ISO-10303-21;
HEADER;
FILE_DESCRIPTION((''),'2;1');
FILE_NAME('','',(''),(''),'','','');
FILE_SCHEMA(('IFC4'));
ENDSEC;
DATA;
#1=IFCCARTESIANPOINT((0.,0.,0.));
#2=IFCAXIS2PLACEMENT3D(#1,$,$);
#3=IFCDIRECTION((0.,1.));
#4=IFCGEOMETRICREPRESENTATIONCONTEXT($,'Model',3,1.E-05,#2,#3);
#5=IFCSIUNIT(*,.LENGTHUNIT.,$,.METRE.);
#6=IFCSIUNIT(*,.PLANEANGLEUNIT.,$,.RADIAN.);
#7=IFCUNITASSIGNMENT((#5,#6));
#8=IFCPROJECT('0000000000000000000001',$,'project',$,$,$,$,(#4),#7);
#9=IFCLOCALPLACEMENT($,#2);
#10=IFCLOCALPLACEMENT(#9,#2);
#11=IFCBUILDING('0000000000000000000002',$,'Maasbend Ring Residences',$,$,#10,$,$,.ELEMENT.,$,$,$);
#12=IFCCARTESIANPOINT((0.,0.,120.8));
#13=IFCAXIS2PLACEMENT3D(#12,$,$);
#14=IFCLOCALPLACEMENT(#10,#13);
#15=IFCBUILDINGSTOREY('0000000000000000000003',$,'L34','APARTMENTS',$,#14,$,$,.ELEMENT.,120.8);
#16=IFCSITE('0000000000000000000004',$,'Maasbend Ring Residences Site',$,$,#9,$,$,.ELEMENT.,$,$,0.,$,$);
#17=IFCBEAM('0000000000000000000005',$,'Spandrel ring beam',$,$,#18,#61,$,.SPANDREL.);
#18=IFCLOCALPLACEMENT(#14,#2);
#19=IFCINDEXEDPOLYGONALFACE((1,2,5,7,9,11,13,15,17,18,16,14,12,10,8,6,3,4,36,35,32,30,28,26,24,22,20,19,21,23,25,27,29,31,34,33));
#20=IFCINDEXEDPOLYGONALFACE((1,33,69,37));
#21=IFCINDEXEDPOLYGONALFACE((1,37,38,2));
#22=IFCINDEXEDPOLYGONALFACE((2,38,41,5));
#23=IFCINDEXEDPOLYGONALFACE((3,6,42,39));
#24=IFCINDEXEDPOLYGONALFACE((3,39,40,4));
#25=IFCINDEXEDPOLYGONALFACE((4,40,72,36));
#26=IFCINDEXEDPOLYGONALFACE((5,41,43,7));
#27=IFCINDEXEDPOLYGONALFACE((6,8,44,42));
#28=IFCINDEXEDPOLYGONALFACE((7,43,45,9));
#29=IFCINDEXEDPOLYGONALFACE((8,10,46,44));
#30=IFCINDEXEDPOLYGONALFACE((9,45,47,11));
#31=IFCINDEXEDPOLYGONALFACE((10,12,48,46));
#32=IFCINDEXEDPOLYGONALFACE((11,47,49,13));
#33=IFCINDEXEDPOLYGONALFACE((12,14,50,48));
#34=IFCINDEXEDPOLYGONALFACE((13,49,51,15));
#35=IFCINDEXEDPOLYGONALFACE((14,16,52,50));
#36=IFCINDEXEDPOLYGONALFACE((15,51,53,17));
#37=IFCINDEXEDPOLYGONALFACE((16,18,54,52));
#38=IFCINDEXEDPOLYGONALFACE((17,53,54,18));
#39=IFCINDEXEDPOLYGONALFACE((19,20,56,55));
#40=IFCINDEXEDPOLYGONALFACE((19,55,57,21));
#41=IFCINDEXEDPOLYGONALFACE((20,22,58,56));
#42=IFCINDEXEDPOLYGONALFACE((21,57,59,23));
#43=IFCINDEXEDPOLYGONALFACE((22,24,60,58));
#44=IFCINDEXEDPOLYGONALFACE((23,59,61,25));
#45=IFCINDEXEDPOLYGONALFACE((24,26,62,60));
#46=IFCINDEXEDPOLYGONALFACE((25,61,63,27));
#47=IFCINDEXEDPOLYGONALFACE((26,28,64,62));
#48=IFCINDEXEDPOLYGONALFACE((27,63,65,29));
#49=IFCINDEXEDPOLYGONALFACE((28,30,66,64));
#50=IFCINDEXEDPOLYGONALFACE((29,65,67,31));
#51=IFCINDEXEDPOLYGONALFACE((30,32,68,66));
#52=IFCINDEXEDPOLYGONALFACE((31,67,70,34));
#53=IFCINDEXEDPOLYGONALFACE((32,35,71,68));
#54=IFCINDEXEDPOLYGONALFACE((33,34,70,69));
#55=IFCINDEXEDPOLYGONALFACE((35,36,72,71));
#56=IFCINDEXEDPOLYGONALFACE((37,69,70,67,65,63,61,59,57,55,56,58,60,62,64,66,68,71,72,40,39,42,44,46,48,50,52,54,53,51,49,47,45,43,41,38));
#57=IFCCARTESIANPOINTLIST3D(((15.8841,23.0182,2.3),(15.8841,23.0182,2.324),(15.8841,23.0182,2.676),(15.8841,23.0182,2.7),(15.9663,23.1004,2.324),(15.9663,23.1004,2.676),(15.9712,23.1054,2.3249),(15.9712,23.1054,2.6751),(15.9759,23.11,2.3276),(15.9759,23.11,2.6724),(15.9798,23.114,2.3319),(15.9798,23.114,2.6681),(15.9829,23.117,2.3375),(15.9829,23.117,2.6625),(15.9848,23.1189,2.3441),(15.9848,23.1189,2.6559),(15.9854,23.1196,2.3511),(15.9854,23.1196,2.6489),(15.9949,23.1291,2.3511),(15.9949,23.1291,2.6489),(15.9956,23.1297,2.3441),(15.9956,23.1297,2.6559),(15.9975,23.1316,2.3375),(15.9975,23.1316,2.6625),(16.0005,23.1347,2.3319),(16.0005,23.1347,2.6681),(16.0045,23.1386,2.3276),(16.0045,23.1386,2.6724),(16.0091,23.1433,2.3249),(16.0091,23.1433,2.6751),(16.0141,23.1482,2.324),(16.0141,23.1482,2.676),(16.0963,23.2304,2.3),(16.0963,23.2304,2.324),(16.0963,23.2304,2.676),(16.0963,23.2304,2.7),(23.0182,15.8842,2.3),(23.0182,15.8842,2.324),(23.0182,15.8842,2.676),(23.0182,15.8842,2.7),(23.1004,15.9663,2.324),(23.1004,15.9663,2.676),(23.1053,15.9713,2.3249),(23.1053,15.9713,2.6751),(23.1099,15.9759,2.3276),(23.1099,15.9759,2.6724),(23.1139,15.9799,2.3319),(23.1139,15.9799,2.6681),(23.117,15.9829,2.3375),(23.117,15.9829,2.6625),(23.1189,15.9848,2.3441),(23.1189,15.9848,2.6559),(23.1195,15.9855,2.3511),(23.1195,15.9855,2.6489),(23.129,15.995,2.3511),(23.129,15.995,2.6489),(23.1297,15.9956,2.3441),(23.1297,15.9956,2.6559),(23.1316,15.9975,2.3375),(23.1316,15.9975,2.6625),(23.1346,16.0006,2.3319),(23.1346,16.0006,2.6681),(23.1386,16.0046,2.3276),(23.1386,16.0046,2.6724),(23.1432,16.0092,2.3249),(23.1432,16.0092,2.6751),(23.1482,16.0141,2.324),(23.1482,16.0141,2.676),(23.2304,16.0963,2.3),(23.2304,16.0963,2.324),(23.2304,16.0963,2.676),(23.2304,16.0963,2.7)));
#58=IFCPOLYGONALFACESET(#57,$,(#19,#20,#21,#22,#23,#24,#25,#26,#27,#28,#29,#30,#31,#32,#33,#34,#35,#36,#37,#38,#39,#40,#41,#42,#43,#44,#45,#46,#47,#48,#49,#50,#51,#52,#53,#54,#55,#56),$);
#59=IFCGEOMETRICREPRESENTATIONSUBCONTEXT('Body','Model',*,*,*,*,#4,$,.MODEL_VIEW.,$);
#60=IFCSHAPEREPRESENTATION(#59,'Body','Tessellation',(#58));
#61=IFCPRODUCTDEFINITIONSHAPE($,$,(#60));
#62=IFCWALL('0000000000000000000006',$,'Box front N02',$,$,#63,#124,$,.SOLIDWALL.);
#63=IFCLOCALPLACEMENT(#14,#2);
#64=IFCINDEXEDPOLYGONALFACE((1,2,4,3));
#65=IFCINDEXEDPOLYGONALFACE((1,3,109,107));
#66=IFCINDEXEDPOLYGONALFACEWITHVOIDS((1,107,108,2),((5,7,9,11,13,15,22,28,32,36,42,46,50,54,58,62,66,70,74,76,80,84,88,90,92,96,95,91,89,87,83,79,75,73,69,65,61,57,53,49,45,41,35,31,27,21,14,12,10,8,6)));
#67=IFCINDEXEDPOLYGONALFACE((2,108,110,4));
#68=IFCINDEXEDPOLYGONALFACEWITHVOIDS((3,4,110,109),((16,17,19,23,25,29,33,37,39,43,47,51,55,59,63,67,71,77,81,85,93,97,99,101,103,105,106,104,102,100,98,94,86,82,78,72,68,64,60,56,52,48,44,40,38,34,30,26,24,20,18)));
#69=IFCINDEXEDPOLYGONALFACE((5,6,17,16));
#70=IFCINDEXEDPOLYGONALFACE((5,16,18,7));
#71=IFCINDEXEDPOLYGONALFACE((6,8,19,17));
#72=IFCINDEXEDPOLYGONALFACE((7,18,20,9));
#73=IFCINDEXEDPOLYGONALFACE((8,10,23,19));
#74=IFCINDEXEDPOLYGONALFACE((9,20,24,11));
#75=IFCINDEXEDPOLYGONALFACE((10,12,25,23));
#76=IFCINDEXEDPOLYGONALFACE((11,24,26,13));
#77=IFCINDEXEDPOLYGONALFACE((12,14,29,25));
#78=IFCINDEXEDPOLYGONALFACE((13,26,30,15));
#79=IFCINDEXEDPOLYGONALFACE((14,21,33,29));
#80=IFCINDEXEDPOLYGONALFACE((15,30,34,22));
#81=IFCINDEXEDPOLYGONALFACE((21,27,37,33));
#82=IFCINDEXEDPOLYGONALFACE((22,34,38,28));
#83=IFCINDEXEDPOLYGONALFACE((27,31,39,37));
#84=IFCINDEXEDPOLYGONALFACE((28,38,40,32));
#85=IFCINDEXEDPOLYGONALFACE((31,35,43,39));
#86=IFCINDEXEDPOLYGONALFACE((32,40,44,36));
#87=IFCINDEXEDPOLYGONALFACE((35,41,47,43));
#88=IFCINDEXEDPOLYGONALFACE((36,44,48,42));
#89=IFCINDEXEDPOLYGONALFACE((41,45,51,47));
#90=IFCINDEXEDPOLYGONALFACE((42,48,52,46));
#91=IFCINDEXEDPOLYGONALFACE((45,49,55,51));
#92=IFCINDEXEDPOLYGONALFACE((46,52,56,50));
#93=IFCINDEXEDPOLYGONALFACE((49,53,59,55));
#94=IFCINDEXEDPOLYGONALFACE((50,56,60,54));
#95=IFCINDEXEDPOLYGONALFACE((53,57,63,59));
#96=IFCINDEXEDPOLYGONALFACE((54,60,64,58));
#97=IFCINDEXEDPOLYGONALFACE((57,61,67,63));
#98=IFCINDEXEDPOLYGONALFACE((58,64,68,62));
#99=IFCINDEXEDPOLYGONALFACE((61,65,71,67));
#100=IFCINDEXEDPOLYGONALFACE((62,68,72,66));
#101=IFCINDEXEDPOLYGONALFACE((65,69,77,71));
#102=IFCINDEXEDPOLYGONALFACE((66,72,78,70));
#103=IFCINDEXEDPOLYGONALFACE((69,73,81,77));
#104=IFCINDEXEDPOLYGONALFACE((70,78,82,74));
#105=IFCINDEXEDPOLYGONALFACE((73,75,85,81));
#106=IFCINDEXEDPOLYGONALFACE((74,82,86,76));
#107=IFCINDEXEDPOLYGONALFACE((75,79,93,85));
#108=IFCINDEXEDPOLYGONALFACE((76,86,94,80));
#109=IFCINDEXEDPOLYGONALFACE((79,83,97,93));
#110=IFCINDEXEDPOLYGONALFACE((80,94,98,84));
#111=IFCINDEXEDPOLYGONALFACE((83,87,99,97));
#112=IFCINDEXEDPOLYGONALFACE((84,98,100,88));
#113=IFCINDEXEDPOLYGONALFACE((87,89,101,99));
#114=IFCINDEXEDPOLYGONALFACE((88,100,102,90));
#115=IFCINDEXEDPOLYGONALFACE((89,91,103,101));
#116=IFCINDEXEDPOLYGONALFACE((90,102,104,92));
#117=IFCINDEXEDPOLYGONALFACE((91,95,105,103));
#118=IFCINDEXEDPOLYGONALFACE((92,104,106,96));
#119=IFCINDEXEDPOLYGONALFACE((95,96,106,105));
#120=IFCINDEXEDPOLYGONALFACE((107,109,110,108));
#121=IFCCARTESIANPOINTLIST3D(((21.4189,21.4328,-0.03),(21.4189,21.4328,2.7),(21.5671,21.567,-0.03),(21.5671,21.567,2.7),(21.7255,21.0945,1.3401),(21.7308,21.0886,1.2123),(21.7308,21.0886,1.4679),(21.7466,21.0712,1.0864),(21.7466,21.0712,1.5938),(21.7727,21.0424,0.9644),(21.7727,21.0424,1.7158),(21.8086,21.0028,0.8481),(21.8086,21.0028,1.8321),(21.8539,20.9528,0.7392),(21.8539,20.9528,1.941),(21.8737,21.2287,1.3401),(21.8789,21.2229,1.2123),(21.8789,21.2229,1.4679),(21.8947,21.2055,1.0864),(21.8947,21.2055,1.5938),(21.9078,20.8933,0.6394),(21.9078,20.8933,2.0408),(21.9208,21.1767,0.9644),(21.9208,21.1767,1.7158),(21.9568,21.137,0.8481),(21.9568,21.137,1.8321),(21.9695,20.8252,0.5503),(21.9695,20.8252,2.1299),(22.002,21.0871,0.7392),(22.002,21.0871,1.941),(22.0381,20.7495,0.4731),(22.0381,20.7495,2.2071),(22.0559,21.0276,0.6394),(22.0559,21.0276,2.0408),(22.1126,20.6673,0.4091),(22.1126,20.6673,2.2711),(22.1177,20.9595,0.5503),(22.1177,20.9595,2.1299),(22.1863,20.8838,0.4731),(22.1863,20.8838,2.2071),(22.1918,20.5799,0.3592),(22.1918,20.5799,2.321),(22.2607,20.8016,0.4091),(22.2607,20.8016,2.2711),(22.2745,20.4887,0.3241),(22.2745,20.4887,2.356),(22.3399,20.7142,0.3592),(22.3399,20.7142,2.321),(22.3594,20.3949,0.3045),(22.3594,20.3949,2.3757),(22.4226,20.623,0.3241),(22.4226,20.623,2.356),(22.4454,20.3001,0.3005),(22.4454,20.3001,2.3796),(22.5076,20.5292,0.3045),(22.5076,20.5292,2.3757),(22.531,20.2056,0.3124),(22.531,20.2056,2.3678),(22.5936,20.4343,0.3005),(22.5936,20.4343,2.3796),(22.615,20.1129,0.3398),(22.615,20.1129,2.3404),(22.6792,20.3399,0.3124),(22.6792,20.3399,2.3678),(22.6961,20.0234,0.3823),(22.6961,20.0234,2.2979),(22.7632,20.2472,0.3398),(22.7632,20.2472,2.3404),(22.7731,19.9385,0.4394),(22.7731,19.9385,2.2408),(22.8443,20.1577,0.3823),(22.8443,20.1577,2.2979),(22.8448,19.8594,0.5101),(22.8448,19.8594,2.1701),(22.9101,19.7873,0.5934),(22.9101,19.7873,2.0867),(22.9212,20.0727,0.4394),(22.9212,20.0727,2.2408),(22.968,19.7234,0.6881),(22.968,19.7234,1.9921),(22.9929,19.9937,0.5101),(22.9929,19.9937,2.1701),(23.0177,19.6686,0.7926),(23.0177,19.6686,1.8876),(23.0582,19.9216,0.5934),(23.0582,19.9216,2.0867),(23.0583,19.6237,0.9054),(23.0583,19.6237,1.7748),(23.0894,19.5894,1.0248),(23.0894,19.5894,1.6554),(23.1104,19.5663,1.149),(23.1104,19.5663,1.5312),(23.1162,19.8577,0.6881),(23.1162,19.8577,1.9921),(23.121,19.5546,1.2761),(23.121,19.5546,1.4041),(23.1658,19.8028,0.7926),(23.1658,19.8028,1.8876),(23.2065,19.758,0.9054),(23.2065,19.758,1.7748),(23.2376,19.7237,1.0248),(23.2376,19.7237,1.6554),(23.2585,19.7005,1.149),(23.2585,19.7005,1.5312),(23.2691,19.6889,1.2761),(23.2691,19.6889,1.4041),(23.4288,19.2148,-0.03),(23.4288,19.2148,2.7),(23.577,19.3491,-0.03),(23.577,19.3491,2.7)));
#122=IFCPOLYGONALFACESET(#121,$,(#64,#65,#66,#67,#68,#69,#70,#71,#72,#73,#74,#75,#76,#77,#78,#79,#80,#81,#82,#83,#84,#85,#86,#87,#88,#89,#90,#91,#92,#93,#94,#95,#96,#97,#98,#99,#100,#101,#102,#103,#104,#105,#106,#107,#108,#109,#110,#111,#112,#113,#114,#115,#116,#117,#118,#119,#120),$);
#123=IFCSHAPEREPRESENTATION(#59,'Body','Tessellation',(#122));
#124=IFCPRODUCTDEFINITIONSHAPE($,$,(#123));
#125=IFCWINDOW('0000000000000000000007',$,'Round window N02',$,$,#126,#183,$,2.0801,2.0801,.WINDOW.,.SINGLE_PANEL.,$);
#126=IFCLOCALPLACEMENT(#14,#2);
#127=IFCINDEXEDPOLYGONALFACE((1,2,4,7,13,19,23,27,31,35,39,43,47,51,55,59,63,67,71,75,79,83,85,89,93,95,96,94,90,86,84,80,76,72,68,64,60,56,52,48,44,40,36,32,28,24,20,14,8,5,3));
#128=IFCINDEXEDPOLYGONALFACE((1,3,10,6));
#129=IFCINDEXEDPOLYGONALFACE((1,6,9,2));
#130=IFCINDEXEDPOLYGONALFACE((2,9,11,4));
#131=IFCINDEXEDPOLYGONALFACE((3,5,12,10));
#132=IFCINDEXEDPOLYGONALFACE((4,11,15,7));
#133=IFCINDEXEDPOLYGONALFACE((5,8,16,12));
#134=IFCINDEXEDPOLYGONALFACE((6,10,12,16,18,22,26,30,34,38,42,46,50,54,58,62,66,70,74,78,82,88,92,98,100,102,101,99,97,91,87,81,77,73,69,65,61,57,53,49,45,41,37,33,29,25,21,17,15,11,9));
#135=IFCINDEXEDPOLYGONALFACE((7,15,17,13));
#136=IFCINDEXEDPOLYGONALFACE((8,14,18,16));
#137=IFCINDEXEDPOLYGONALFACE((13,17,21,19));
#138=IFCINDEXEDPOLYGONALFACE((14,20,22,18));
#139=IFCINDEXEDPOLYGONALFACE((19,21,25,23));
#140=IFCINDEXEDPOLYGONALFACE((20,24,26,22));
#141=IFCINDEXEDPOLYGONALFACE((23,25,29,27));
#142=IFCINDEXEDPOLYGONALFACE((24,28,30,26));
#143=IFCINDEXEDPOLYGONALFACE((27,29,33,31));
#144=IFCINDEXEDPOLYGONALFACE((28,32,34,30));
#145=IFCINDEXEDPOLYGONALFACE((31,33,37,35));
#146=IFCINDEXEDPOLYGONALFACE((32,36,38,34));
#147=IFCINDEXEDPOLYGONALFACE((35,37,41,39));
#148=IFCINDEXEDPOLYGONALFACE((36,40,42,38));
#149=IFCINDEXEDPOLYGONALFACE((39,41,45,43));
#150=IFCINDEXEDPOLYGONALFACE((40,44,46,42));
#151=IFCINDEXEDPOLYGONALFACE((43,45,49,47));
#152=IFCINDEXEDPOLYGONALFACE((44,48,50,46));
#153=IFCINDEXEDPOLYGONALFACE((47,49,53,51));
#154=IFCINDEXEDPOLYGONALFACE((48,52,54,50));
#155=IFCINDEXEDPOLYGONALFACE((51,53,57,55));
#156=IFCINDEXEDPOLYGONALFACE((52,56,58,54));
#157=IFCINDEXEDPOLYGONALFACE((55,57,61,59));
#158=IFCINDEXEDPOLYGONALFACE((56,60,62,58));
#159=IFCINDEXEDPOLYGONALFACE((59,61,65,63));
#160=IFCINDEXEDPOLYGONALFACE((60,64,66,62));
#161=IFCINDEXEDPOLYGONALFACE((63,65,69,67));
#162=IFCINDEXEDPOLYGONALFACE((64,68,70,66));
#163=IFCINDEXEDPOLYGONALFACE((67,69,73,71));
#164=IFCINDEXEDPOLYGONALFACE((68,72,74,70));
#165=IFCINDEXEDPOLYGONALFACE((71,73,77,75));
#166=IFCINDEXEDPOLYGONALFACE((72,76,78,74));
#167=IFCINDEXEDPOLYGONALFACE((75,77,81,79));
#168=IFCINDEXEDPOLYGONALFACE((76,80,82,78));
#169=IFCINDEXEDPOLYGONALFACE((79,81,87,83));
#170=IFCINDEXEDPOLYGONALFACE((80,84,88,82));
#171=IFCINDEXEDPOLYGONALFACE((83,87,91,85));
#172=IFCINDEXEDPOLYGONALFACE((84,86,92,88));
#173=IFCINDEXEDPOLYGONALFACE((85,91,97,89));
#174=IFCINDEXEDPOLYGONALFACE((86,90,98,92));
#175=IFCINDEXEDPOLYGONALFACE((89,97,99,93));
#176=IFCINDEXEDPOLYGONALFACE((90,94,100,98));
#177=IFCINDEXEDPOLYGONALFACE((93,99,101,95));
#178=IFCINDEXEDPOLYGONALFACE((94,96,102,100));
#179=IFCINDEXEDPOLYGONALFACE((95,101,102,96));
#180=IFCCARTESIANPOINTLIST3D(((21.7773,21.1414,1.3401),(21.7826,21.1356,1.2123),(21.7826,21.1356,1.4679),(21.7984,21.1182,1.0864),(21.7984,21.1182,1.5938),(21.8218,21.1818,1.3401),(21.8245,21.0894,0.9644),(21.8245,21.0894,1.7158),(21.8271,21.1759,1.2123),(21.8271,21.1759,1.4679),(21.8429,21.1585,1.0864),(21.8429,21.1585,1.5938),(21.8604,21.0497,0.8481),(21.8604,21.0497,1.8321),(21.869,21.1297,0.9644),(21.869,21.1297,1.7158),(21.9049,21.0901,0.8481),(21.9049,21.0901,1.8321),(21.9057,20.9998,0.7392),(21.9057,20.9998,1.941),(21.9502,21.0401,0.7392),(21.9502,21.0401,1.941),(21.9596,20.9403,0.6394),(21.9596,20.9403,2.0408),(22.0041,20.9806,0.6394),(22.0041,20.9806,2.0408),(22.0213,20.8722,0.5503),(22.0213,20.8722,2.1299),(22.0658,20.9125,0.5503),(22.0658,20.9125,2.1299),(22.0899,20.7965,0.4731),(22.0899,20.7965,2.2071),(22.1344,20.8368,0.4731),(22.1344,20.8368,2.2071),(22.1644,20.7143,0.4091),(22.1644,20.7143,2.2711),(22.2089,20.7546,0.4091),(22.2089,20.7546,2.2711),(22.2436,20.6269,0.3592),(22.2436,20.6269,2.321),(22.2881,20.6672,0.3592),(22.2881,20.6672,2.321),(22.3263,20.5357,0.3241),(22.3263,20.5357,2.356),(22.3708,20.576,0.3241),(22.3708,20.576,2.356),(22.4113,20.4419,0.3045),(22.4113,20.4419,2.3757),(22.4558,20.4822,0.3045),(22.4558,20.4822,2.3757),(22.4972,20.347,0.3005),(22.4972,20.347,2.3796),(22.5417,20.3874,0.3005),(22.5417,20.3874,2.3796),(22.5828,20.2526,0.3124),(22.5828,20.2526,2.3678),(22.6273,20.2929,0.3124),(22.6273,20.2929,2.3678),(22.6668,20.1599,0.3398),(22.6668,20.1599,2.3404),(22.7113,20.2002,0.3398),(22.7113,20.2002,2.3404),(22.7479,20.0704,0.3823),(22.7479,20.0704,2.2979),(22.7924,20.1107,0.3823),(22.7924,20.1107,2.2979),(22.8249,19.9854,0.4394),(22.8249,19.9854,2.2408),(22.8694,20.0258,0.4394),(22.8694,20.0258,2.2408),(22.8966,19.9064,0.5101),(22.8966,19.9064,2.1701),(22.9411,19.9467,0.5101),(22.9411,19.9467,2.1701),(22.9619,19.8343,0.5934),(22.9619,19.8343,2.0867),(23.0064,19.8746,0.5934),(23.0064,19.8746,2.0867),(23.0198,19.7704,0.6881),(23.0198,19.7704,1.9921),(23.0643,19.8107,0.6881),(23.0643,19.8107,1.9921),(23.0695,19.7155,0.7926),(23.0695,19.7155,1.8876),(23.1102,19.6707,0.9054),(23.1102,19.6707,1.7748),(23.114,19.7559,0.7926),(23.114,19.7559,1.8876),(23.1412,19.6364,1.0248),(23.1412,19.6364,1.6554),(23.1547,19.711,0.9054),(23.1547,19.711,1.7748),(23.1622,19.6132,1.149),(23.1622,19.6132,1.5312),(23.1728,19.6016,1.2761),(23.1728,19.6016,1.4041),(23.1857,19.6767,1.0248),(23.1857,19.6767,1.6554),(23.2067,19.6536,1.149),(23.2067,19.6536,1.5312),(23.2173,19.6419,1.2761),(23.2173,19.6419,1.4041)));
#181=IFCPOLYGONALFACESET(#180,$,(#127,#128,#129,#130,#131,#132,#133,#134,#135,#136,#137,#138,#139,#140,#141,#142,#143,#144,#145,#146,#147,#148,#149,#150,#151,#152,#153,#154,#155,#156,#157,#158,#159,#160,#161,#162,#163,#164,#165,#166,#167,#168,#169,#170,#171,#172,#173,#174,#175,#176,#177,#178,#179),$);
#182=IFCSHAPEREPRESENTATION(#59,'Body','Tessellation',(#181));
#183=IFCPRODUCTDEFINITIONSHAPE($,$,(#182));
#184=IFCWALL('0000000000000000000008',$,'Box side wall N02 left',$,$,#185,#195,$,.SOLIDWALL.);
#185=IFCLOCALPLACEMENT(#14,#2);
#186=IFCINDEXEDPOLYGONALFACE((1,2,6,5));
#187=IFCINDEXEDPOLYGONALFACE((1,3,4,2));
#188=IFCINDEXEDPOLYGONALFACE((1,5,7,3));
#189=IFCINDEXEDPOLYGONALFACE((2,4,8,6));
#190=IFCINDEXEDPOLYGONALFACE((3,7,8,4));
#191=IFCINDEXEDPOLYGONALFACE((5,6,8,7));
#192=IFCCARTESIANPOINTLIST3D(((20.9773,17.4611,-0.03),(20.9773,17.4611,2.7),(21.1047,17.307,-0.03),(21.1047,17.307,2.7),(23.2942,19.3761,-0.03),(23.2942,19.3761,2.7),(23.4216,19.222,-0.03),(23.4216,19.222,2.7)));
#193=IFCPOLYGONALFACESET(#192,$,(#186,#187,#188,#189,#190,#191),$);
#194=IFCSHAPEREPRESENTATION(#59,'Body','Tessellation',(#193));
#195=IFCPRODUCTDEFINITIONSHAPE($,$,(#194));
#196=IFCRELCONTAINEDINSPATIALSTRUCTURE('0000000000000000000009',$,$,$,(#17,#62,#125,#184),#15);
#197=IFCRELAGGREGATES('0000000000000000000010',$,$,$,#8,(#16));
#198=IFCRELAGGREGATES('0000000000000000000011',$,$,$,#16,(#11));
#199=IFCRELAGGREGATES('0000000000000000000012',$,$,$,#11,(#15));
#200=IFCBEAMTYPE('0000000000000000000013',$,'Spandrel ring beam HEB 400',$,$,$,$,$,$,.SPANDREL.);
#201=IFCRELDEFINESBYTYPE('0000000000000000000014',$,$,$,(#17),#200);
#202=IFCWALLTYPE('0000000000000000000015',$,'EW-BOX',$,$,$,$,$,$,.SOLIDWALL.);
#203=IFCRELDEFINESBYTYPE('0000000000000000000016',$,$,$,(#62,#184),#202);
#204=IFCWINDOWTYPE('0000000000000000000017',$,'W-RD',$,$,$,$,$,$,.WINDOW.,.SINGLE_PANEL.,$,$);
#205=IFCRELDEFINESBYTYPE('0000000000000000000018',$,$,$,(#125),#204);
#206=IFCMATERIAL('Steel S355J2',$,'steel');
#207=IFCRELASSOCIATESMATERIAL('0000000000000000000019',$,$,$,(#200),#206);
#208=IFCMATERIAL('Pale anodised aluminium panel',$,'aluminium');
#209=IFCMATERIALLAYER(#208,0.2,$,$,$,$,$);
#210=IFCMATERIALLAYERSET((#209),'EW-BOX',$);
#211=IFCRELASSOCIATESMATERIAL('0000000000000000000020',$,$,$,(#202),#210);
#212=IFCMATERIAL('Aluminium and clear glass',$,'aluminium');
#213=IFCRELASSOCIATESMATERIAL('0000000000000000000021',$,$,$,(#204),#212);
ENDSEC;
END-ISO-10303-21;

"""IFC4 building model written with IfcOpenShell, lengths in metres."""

from ifc_helpers import new_model, si_unit, direction, frame, frame_2d, origin, origin_2d, place, context, subcontext, project, spatial, rectangle, circle, i_section, extrude, material, layer, layer_set, material_profile, profile_set, type_object, element, fill, save


model = new_model("IFC4")

# Units and contexts
model_context = context("Model", 3, precision=1e-05, world=origin(), true_north=direction((0.0, 1.0)))
body_context = subcontext(model_context, "Body", "Model", "MODEL_VIEW")
ifc_project = project(units=[si_unit("LENGTHUNIT", "METRE"), si_unit("PLANEANGLEUNIT", "RADIAN")], contexts=[model_context])

# Site, building, storey
site_placement = place(None, origin())
site = spatial("IfcSite", under=ifc_project, at=site_placement, Name="Maasbend Ring Residences Site", CompositionType="ELEMENT", RefElevation=0.0)
building_placement = place(site_placement, origin())
building = spatial("IfcBuilding", under=site, at=building_placement, Name="Maasbend Ring Residences", CompositionType="ELEMENT")
storey_placement = place(building_placement, frame((0.0, 0.0, 120.8)))
storey = spatial("IfcBuildingStorey", under=building, at=storey_placement, Name="L34", Description="APARTMENTS", CompositionType="ELEMENT", Elevation=120.8)

# Beam
ifc_material_1 = material(Name="Steel S355J2", Category="steel")
ifc_material_profile_1 = material_profile(ifc_material_1, i_section(OverallWidth=0.3, OverallDepth=0.3999, WebThickness=0.0134, FlangeThickness=0.0239, FilletRadius=0.0271, at=origin_2d()), Name="HEB 400")
ifc_profile_set_1 = profile_set([ifc_material_profile_1], Name="Steel S355J2")
beam_type = type_object("IfcBeamType", Name="Spandrel ring beam HEB 400", PredefinedType="SPANDREL", material=ifc_profile_set_1)
beam_placement = place(storey_placement, frame((23.1243, 15.9902, 2.5), z_axis=(-0.707107, 0.707107, 0.0), x_axis=(-0.707107, -0.707107, 0.0)))
element("IfcBeam", 1, at=beam_placement, inside=storey, type_object=beam_type, Name="Spandrel ring beam", PredefinedType="SPANDREL", context=body_context, shape_type="SweptSolid", body=[
    extrude(i_section(OverallWidth=0.3, OverallDepth=0.3999, WebThickness=0.0134, FlangeThickness=0.0239, FilletRadius=0.0271, at=origin_2d()), origin(), (0.0, 0.0, 1.0), 10.0891),
])

# Wall, opening, window
ifc_material_2 = material(Name="Pale anodised aluminium panel", Category="aluminium")
ifc_layer_1 = layer(ifc_material_2, 0.2)
ifc_layer_set_1 = layer_set([ifc_layer_1], Name="EW-BOX")
wall_type_1 = type_object("IfcWallType", Name="EW-BOX", PredefinedType="SOLIDWALL", material=ifc_layer_set_1)
wall_1_placement = place(storey_placement, frame((23.5029, 19.282, -0.03), z_axis=(0.0, 0.0, 1.0), x_axis=(-0.671507, 0.740998, 0.0)))
wall_1 = element("IfcWall", 2, at=wall_1_placement, inside=storey, type_object=wall_type_1, Name="Box front N02", PredefinedType="SOLIDWALL", context=body_context, shape_type="SweptSolid", body=[
    extrude(rectangle(XDim=2.9932, YDim=0.2, at=frame_2d((1.4966, 0.0))), origin(), (0.0, 0.0, 1.0), 2.73),
])
opening_1_placement = place(wall_1_placement, frame((0.4565, 0.0, 0.3301)))
opening_1 = element("IfcOpeningElement", 3, at=opening_1_placement, cuts=wall_1, PredefinedType="OPENING", context=body_context, shape_type="SweptSolid", body=[
    extrude(circle(Radius=1.04, at=frame_2d((1.04, 1.04))), frame((0.0, 0.1099, 0.0), z_axis=(0.0, -1.0, 0.0), x_axis=(1.0, 0.0, 0.0)), (0.0, 0.0, 1.0), 0.22),
])
ifc_material_3 = material(Name="Aluminium and clear glass", Category="aluminium")
window_type_1 = type_object("IfcWindowType", Name="W-RD", PartitioningType="SINGLE_PANEL", PredefinedType="WINDOW", material=ifc_material_3)
window_1_placement = place(opening_1_placement, origin())
window_1 = element("IfcWindow", 4, at=window_1_placement, inside=storey, type_object=window_type_1, Name="Round window N02", OverallHeight=2.0801, OverallWidth=2.0801, PartitioningType="SINGLE_PANEL", PredefinedType="WINDOW", context=body_context, shape_type="SweptSolid", body=[
    extrude(circle(Radius=1.04, at=frame_2d((1.04, 1.04))), frame((0.0, 0.03, 0.0), z_axis=(0.0, -1.0, 0.0), x_axis=(1.0, 0.0, 0.0)), (0.0, 0.0, 1.0), 0.0601),
])
fill(opening_1, window_1)

# Wall
wall_2_placement = place(storey_placement, frame((21.041, 17.384, -0.03), z_axis=(0.0, 0.0, 1.0), x_axis=(0.770785, 0.637096, 0.0)))
element("IfcWall", 5, at=wall_2_placement, inside=storey, type_object=wall_type_1, Name="Box side wall N02 left", PredefinedType="SOLIDWALL", context=body_context, shape_type="SweptSolid", body=[
    extrude(rectangle(XDim=3.0059, YDim=0.2, at=frame_2d((1.5029, 0.0))), origin(), (0.0, 0.0, 1.0), 2.73),
])

save(model, "model.ifc")
